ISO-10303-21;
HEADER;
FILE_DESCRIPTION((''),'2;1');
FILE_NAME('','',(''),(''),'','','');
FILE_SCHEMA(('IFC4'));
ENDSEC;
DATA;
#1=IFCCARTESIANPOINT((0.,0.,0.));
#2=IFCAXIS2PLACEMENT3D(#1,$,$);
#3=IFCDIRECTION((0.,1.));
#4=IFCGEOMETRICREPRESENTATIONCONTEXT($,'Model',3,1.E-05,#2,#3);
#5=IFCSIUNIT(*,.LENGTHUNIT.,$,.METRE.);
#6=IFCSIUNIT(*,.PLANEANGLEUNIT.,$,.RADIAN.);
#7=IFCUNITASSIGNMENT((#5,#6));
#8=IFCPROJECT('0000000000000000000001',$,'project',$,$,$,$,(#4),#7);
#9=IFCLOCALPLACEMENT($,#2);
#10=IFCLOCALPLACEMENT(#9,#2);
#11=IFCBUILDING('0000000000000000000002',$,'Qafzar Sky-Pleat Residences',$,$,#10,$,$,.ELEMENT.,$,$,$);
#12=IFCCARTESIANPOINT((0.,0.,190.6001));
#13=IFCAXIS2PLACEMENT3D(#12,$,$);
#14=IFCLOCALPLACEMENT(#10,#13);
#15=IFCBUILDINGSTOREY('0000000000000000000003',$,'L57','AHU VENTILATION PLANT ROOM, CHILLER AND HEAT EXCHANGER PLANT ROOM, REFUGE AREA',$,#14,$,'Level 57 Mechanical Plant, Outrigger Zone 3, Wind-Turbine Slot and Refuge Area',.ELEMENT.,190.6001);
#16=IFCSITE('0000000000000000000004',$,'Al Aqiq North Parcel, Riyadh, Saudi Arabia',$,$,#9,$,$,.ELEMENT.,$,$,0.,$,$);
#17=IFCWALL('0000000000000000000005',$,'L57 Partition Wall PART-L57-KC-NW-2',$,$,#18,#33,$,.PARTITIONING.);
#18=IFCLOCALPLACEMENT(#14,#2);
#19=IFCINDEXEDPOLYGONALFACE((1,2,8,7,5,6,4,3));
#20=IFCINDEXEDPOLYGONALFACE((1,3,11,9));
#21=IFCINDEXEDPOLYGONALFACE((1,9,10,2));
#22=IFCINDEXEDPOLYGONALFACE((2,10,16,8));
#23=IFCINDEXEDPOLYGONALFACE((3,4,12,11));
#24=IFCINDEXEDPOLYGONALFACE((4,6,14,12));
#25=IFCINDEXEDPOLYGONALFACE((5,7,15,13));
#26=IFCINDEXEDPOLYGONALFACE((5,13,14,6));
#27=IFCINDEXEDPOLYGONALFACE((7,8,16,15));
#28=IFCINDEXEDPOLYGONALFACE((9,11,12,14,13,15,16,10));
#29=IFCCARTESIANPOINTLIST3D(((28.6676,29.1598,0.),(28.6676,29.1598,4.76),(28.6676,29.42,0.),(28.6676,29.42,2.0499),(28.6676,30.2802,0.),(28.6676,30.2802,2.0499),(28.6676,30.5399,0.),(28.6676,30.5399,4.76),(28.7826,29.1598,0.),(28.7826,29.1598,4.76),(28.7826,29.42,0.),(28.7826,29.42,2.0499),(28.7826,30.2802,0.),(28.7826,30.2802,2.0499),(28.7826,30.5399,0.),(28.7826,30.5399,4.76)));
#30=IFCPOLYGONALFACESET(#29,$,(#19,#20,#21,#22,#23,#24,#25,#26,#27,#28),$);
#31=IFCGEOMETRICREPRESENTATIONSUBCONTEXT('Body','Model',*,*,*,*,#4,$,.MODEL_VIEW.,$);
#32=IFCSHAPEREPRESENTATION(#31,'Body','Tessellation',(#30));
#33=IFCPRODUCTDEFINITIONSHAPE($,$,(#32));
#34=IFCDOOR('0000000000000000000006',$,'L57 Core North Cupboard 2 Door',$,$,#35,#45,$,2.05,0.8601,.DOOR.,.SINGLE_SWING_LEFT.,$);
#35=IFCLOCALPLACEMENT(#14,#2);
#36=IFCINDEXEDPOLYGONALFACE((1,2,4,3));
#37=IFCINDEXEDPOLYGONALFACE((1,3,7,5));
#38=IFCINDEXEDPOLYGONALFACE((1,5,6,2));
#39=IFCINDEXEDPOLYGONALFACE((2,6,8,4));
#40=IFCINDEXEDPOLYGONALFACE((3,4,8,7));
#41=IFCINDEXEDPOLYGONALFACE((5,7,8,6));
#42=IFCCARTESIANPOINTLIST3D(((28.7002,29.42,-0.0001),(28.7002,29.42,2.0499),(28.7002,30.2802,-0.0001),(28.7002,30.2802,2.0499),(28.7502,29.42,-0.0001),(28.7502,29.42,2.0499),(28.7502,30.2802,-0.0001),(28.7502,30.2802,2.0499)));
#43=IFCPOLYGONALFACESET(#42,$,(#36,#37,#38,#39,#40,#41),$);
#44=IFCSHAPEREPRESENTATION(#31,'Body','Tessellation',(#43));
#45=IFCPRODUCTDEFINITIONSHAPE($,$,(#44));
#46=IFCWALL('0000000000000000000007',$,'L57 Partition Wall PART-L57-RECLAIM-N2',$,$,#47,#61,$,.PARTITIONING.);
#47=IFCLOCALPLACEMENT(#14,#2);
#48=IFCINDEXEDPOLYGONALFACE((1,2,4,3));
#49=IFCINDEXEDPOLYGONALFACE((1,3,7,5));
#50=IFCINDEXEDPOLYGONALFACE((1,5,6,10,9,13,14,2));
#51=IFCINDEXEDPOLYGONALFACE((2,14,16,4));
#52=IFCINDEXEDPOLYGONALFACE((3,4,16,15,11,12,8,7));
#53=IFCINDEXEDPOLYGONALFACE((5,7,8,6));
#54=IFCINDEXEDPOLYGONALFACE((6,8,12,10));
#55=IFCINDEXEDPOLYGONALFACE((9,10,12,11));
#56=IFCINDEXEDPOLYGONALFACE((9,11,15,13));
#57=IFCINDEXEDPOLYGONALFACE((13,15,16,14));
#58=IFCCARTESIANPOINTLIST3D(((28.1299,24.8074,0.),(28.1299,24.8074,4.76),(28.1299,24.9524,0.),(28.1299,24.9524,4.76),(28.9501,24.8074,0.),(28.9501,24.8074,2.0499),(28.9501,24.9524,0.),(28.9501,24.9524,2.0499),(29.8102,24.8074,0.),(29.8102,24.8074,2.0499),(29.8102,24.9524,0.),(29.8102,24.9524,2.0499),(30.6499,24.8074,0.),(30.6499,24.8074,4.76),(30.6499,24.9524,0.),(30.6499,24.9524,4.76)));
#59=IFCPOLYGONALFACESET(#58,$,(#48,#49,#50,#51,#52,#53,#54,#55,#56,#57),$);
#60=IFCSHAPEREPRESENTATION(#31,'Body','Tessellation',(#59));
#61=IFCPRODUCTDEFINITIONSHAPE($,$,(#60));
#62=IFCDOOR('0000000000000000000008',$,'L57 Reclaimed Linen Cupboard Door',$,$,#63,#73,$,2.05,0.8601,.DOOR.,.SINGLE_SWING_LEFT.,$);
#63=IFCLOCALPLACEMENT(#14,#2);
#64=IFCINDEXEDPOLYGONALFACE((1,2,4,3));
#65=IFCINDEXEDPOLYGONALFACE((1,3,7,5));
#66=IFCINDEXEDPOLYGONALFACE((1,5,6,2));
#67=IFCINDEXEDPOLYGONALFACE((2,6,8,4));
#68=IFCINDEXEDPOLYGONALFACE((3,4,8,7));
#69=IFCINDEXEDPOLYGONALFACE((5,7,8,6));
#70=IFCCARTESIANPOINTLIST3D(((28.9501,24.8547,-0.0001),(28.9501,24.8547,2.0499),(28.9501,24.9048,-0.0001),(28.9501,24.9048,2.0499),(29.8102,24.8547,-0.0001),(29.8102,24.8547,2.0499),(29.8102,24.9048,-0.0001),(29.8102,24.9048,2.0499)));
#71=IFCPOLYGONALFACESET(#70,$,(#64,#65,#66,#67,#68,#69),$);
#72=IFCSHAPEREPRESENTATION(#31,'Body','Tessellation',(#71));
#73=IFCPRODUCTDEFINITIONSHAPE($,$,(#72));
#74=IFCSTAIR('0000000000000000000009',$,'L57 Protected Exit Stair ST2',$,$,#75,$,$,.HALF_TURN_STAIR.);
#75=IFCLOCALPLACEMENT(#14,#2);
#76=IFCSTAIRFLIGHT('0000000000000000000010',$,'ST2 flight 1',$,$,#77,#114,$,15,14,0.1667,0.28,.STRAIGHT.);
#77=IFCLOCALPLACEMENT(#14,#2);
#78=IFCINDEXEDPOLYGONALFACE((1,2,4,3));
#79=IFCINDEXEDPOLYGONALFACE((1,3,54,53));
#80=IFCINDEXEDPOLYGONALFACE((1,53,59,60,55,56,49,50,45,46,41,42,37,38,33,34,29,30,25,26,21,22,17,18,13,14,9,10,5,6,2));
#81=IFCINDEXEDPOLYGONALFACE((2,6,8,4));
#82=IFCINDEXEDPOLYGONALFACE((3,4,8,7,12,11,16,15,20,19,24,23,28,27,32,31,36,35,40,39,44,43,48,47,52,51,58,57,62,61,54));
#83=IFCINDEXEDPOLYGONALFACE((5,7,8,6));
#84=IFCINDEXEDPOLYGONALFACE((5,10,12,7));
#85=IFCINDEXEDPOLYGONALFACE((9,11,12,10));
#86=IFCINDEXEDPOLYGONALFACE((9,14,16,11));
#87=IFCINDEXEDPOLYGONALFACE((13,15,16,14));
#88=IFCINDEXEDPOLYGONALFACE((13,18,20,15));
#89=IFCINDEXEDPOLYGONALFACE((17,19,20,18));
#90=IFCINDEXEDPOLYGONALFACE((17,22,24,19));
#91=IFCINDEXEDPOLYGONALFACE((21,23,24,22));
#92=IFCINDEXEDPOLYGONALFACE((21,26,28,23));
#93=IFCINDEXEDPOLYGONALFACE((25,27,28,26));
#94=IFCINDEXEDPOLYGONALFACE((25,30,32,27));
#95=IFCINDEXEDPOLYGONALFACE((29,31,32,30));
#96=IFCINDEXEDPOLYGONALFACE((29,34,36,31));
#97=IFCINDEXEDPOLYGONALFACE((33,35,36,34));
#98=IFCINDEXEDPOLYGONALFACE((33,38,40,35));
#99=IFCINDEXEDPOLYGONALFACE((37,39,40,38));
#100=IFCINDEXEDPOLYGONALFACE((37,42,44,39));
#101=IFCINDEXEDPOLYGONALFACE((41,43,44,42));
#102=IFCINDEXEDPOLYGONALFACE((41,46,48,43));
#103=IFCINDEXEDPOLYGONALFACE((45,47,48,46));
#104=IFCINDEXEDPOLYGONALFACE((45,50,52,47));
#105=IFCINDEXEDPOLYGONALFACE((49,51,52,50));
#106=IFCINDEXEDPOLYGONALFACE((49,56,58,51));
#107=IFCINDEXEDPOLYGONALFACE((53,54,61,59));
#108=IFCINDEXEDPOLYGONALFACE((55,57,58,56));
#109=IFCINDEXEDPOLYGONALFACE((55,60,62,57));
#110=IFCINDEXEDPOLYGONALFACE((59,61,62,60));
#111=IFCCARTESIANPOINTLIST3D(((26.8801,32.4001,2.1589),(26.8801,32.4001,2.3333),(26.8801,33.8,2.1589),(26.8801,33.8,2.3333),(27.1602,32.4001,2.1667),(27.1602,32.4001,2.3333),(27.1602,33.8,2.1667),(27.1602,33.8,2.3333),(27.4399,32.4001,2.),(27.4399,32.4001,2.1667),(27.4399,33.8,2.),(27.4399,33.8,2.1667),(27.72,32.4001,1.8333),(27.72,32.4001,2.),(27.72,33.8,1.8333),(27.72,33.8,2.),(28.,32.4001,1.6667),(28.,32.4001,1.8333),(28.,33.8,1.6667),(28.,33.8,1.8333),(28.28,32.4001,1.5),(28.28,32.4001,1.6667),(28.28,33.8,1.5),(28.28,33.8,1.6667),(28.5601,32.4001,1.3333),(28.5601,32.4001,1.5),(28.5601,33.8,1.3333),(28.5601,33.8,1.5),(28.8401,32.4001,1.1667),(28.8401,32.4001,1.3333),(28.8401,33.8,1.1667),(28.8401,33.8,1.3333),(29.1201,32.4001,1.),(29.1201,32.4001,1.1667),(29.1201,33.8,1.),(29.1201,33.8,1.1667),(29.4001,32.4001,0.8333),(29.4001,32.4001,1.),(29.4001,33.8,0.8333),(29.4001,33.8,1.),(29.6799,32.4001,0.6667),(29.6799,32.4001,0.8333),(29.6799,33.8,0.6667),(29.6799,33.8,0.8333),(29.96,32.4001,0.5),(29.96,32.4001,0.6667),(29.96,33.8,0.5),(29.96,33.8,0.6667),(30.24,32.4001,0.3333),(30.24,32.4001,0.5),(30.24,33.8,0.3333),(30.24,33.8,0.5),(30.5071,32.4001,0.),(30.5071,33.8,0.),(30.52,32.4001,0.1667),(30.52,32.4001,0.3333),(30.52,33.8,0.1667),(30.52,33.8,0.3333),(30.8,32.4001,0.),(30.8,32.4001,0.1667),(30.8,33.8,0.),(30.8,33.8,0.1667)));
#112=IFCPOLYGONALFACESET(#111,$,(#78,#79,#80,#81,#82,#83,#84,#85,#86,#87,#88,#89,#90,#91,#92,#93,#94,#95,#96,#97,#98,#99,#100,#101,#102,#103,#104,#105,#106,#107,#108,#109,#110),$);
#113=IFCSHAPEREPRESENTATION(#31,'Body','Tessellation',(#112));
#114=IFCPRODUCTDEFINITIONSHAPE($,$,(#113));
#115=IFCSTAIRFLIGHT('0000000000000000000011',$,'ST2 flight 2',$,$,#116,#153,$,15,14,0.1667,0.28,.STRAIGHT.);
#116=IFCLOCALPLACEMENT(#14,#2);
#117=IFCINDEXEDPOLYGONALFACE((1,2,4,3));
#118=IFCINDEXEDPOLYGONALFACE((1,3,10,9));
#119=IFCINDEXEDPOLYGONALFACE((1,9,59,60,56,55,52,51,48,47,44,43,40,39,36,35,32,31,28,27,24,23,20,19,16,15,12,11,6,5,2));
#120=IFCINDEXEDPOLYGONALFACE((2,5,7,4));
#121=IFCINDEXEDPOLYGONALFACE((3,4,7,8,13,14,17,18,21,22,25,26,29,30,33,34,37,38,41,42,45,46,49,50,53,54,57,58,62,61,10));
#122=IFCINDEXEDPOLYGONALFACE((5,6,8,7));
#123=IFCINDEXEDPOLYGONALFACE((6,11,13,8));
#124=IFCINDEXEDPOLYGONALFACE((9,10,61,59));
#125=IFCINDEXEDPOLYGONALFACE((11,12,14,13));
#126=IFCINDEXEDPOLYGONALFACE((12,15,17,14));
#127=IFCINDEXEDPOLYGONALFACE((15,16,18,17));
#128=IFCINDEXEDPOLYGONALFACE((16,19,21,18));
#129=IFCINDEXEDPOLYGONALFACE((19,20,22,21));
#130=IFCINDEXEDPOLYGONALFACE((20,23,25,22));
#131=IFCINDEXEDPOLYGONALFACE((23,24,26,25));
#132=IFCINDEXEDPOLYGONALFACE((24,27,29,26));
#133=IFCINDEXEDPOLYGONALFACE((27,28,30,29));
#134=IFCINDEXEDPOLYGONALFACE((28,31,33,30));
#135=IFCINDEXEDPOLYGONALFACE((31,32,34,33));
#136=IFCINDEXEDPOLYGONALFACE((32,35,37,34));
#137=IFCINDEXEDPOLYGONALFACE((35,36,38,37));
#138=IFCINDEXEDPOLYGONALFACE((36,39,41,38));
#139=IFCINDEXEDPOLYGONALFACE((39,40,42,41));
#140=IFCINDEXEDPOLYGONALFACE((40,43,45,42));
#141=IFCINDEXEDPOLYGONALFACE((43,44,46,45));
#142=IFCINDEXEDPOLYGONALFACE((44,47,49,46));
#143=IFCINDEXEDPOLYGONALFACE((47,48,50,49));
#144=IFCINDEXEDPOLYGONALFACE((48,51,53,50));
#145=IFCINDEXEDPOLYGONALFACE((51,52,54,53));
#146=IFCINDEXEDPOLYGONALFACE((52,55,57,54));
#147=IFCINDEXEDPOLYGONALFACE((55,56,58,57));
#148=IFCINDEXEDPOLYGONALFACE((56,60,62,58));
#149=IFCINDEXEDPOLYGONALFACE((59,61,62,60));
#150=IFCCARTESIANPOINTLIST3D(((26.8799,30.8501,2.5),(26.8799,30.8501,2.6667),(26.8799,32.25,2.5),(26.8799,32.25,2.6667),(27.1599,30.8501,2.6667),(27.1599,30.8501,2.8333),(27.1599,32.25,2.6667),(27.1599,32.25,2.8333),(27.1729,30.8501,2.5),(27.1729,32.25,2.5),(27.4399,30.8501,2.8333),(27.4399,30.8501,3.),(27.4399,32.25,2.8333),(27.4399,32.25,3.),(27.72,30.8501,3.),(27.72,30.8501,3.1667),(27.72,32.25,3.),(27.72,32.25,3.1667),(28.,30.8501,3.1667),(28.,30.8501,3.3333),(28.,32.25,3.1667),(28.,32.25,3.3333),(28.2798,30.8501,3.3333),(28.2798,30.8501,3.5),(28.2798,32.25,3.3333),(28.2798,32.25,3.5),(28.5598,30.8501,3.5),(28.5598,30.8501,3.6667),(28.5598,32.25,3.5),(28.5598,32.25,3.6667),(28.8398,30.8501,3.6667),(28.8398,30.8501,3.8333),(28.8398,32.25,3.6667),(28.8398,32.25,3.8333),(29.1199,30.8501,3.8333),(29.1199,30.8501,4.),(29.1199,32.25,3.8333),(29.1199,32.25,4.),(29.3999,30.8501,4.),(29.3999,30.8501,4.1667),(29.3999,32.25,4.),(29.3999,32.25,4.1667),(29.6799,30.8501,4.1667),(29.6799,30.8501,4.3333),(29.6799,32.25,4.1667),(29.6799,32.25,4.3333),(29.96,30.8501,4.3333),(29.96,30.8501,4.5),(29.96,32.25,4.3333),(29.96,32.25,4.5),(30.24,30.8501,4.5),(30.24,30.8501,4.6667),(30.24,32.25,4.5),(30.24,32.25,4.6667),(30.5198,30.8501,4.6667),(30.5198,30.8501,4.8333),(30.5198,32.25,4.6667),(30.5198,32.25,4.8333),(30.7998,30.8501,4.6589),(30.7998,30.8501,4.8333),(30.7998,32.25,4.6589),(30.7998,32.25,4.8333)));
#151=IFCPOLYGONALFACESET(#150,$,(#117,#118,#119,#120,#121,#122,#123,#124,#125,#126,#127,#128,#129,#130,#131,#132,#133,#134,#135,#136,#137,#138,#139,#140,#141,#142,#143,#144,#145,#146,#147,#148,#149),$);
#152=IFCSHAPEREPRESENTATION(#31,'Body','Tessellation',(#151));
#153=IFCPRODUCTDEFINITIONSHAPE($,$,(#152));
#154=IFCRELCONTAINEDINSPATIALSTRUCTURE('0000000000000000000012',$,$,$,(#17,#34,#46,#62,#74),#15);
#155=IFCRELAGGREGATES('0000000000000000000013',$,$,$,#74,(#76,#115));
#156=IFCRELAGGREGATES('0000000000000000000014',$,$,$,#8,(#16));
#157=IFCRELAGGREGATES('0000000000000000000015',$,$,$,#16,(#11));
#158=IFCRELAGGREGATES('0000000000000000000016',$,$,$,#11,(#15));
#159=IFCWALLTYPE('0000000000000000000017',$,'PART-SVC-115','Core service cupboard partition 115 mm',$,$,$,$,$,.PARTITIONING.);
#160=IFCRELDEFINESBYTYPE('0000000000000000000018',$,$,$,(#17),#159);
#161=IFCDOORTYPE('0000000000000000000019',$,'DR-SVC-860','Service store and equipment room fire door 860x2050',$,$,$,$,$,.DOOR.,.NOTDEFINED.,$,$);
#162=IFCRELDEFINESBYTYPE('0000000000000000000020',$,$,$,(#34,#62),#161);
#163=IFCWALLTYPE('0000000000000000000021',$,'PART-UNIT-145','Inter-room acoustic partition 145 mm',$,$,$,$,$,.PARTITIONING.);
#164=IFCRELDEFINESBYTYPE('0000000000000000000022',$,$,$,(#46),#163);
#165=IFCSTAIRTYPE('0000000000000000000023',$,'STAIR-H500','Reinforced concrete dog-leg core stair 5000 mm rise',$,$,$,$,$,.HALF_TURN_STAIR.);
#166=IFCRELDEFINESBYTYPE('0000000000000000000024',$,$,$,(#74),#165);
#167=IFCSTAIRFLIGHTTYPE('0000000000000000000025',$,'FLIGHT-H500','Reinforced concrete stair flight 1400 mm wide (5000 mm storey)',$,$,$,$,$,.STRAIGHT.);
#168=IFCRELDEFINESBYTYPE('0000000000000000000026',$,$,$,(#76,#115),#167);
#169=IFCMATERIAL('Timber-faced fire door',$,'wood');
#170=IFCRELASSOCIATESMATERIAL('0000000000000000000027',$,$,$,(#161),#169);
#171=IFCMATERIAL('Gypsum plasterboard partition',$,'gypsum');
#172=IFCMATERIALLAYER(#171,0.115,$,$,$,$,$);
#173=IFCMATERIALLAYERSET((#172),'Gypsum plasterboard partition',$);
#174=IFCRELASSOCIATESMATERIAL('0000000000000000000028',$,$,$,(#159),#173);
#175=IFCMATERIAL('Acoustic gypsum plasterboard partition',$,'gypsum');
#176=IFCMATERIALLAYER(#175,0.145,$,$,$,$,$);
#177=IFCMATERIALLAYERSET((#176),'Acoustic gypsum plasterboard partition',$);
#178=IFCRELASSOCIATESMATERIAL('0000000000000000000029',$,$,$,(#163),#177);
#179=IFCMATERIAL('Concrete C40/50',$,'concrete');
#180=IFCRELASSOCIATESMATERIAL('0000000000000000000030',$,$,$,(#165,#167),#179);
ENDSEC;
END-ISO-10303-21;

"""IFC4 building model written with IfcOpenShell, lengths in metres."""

from ifc_helpers import new_model, si_unit, direction, frame, frame_2d, origin, place, context, subcontext, project, spatial, polyline, rectangle, outline, extrude, source, transform, mapped, material, layer, layer_set, type_object, element, fill, aggregate, save


model = new_model("IFC4")

# Units and contexts
model_context = context("Model", 3, precision=1e-05, world=origin(), true_north=direction((0.0, 1.0)))
body_context = subcontext(model_context, "Body", "Model", "MODEL_VIEW")
ifc_project = project(units=[si_unit("LENGTHUNIT", "METRE"), si_unit("PLANEANGLEUNIT", "RADIAN")], contexts=[model_context])

# Site, building, storey
site_placement = place(None, origin())
site = spatial("IfcSite", under=ifc_project, at=site_placement, Name="Al Aqiq North Parcel, Riyadh, Saudi Arabia", CompositionType="ELEMENT", RefElevation=0.0)
building_placement = place(site_placement, origin())
building = spatial("IfcBuilding", under=site, at=building_placement, Name="Qafzar Sky-Pleat Residences", CompositionType="ELEMENT")
storey_placement = place(building_placement, frame((0.0, 0.0, 190.6001)))
storey = spatial("IfcBuildingStorey", under=building, at=storey_placement, Name="L57", Description="AHU VENTILATION PLANT ROOM, CHILLER AND HEAT EXCHANGER PLANT ROOM, REFUGE AREA", LongName="Level 57 Mechanical Plant, Outrigger Zone 3, Wind-Turbine Slot and Refuge Area", CompositionType="ELEMENT", Elevation=190.6001)

# Shared definitions
ifc_material_1 = material(Name="Timber-faced fire door", Category="wood")
door_type_1 = type_object("IfcDoorType", Name="DR-SVC-860", Description="Service store and equipment room fire door 860x2050", OperationType="NOTDEFINED", PredefinedType="DOOR", material=ifc_material_1)
shared_shape_1 = source(origin(), body_context, "Body", "SweptSolid", [
    extrude(rectangle(XDim=0.8601, YDim=2.05, at=frame_2d((0.4302, 1.0249))), frame((0.0, 0.0249, 0.0), z_axis=(0.0, -1.0, 0.0), x_axis=(1.0, 0.0, 0.0)), (0.0, 0.0, 1.0), 0.05),
])

# Walls, openings, doors
ifc_material_2 = material(Name="Gypsum plasterboard partition", Category="gypsum")
ifc_layer_1 = layer(ifc_material_2, 0.115)
ifc_layer_set_1 = layer_set([ifc_layer_1], Name="Gypsum plasterboard partition")
wall_type_1 = type_object("IfcWallType", Name="PART-SVC-115", Description="Core service cupboard partition 115 mm", PredefinedType="PARTITIONING", material=ifc_layer_set_1)
wall_1_placement = place(storey_placement, frame((28.7251, 29.1599, 0.0), z_axis=(0.0, 0.0, 1.0), x_axis=(0.0, 1.0, 0.0)))
wall_1 = element("IfcWall", 1, at=wall_1_placement, inside=storey, type_object=wall_type_1, Name="L57 Partition Wall PART-L57-KC-NW-2", PredefinedType="PARTITIONING", context=body_context, shape_type="SweptSolid", body=[
    extrude(rectangle(XDim=1.3801, YDim=0.115, at=frame_2d((0.6899, 0.0))), origin(), (0.0, 0.0, 1.0), 4.76),
])
opening_1_placement = place(wall_1_placement, frame((0.26, 0.0, 0.0)))
opening_1 = element("IfcOpeningElement", 2, at=opening_1_placement, cuts=wall_1, PredefinedType="OPENING", context=body_context, shape_type="SweptSolid", body=[
    extrude(rectangle(XDim=0.8601, YDim=2.05, at=frame_2d((0.4302, 1.0249))), frame((0.0, 0.0674, 0.0), z_axis=(0.0, -1.0, 0.0), x_axis=(1.0, 0.0, 0.0)), (0.0, 0.0, 1.0), 0.135),
])
door_1_placement = place(opening_1_placement, origin())
door_1 = element("IfcDoor", 3, at=door_1_placement, inside=storey, type_object=door_type_1, Name="L57 Core North Cupboard 2 Door", OperationType="SINGLE_SWING_LEFT", OverallHeight=2.05, OverallWidth=0.8601, PredefinedType="DOOR", context=body_context, shape_type="MappedRepresentation", body=[
    mapped(shared_shape_1, transform((0.0, 0.0, 0.0), x_axis=(1.0, 0.0, 0.0), y_axis=(0.0, 1.0, 0.0), z_axis=(0.0, 0.0, 1.0), scale=1.0)),
])
fill(opening_1, door_1)
ifc_material_3 = material(Name="Acoustic gypsum plasterboard partition", Category="gypsum")
ifc_layer_2 = layer(ifc_material_3, 0.145)
ifc_layer_set_2 = layer_set([ifc_layer_2], Name="Acoustic gypsum plasterboard partition")
wall_type_2 = type_object("IfcWallType", Name="PART-UNIT-145", Description="Inter-room acoustic partition 145 mm", PredefinedType="PARTITIONING", material=ifc_layer_set_2)
wall_2_placement = place(storey_placement, frame((28.1299, 24.8799, 0.0), z_axis=(0.0, 0.0, 1.0), x_axis=(1.0, 0.0, 0.0)))
wall_2 = element("IfcWall", 4, at=wall_2_placement, inside=storey, type_object=wall_type_2, Name="L57 Partition Wall PART-L57-RECLAIM-N2", PredefinedType="PARTITIONING", context=body_context, shape_type="SweptSolid", body=[
    extrude(rectangle(XDim=2.52, YDim=0.145, at=frame_2d((1.26, 0.0))), origin(), (0.0, 0.0, 1.0), 4.76),
])
opening_2_placement = place(wall_2_placement, frame((0.8201, 0.0, 0.0)))
opening_2 = element("IfcOpeningElement", 5, at=opening_2_placement, cuts=wall_2, PredefinedType="OPENING", context=body_context, shape_type="SweptSolid", body=[
    extrude(rectangle(XDim=0.8601, YDim=2.05, at=frame_2d((0.4302, 1.0249))), frame((0.0, 0.0825, 0.0), z_axis=(0.0, -1.0, 0.0), x_axis=(1.0, 0.0, 0.0)), (0.0, 0.0, 1.0), 0.165),
])
door_2_placement = place(opening_2_placement, origin())
door_2 = element("IfcDoor", 6, at=door_2_placement, inside=storey, type_object=door_type_1, Name="L57 Reclaimed Linen Cupboard Door", OperationType="SINGLE_SWING_LEFT", OverallHeight=2.05, OverallWidth=0.8601, PredefinedType="DOOR", context=body_context, shape_type="MappedRepresentation", body=[
    mapped(shared_shape_1, transform((0.0, 0.0, 0.0), x_axis=(1.0, 0.0, 0.0), y_axis=(0.0, 1.0, 0.0), z_axis=(0.0, 0.0, 1.0), scale=1.0)),
])
fill(opening_2, door_2)

# Stair, stair flights
ifc_material_4 = material(Name="Concrete C40/50", Category="concrete")
stair_type = type_object("IfcStairType", Name="STAIR-H500", Description="Reinforced concrete dog-leg core stair 5000 mm rise", PredefinedType="HALF_TURN_STAIR", material=ifc_material_4)
stair_placement = place(storey_placement, origin())
stair = element("IfcStair", 7, at=stair_placement, inside=storey, type_object=stair_type, Name="L57 Protected Exit Stair ST2", PredefinedType="HALF_TURN_STAIR")
stair_flight_type = type_object("IfcStairFlightType", Name="FLIGHT-H500", Description="Reinforced concrete stair flight 1400 mm wide (5000 mm storey)", PredefinedType="STRAIGHT", material=ifc_material_4)
shared_shape_2 = source(origin(), body_context, "Body", "SweptSolid", [
    extrude(outline(polyline([(0.0, 0.0), (0.0, 0.1667), (0.28, 0.1667), (0.28, 0.3333), (0.5601, 0.3333), (0.5601, 0.5), (0.8401, 0.5), (0.8401, 0.6667), (1.1201, 0.6667), (1.1201, 0.8333), (1.3999, 0.8333), (1.3999, 1.0), (1.6799, 1.0), (1.6799, 1.1667), (1.96, 1.1667), (1.96, 1.3333), (2.24, 1.3333), (2.24, 1.5), (2.52, 1.5), (2.52, 1.6667), (2.8, 1.6667), (2.8, 1.8333), (3.0801, 1.8333), (3.0801, 2.0), (3.3601, 2.0), (3.3601, 2.1667), (3.6399, 2.1667), (3.6399, 2.3333), (3.9199, 2.3333), (3.9199, 2.5), (3.9199, 2.1589), (0.293, 0.0), (0.0, 0.0)])), frame((0.0, 0.7, 0.0), z_axis=(0.0, -1.0, 0.0), x_axis=(1.0, 0.0, 0.0)), (0.0, 0.0, 1.0), 1.3999),
])
stair_flight_1_placement = place(storey_placement, frame((30.8, 33.1001, 0.0), z_axis=(0.0, 0.0, 1.0), x_axis=(-1.0, 0.0, 0.0)))
stair_flight_1 = element("IfcStairFlight", 8, at=stair_flight_1_placement, type_object=stair_flight_type, Name="ST2 flight 1", NumberOfRisers=15, NumberOfTreads=14, PredefinedType="STRAIGHT", RiserHeight=0.1667, TreadLength=0.28, context=body_context, shape_type="MappedRepresentation", body=[
    mapped(shared_shape_2, transform((0.0, 0.0, 0.0), x_axis=(1.0, 0.0, 0.0), y_axis=(0.0, 1.0, 0.0), z_axis=(0.0, 0.0, 1.0), scale=1.0)),
])
stair_flight_2_placement = place(storey_placement, frame((26.8799, 31.55, 2.5), z_axis=(0.0, 0.0, 1.0), x_axis=(1.0, 0.0, 0.0)))
stair_flight_2 = element("IfcStairFlight", 9, at=stair_flight_2_placement, type_object=stair_flight_type, Name="ST2 flight 2", NumberOfRisers=15, NumberOfTreads=14, PredefinedType="STRAIGHT", RiserHeight=0.1667, TreadLength=0.28, context=body_context, shape_type="MappedRepresentation", body=[
    mapped(shared_shape_2, transform((0.0, 0.0, 0.0), x_axis=(1.0, 0.0, 0.0), y_axis=(0.0, 1.0, 0.0), z_axis=(0.0, 0.0, 1.0), scale=1.0)),
])
aggregate(stair, [stair_flight_1, stair_flight_2])

save(model, "model.ifc")
